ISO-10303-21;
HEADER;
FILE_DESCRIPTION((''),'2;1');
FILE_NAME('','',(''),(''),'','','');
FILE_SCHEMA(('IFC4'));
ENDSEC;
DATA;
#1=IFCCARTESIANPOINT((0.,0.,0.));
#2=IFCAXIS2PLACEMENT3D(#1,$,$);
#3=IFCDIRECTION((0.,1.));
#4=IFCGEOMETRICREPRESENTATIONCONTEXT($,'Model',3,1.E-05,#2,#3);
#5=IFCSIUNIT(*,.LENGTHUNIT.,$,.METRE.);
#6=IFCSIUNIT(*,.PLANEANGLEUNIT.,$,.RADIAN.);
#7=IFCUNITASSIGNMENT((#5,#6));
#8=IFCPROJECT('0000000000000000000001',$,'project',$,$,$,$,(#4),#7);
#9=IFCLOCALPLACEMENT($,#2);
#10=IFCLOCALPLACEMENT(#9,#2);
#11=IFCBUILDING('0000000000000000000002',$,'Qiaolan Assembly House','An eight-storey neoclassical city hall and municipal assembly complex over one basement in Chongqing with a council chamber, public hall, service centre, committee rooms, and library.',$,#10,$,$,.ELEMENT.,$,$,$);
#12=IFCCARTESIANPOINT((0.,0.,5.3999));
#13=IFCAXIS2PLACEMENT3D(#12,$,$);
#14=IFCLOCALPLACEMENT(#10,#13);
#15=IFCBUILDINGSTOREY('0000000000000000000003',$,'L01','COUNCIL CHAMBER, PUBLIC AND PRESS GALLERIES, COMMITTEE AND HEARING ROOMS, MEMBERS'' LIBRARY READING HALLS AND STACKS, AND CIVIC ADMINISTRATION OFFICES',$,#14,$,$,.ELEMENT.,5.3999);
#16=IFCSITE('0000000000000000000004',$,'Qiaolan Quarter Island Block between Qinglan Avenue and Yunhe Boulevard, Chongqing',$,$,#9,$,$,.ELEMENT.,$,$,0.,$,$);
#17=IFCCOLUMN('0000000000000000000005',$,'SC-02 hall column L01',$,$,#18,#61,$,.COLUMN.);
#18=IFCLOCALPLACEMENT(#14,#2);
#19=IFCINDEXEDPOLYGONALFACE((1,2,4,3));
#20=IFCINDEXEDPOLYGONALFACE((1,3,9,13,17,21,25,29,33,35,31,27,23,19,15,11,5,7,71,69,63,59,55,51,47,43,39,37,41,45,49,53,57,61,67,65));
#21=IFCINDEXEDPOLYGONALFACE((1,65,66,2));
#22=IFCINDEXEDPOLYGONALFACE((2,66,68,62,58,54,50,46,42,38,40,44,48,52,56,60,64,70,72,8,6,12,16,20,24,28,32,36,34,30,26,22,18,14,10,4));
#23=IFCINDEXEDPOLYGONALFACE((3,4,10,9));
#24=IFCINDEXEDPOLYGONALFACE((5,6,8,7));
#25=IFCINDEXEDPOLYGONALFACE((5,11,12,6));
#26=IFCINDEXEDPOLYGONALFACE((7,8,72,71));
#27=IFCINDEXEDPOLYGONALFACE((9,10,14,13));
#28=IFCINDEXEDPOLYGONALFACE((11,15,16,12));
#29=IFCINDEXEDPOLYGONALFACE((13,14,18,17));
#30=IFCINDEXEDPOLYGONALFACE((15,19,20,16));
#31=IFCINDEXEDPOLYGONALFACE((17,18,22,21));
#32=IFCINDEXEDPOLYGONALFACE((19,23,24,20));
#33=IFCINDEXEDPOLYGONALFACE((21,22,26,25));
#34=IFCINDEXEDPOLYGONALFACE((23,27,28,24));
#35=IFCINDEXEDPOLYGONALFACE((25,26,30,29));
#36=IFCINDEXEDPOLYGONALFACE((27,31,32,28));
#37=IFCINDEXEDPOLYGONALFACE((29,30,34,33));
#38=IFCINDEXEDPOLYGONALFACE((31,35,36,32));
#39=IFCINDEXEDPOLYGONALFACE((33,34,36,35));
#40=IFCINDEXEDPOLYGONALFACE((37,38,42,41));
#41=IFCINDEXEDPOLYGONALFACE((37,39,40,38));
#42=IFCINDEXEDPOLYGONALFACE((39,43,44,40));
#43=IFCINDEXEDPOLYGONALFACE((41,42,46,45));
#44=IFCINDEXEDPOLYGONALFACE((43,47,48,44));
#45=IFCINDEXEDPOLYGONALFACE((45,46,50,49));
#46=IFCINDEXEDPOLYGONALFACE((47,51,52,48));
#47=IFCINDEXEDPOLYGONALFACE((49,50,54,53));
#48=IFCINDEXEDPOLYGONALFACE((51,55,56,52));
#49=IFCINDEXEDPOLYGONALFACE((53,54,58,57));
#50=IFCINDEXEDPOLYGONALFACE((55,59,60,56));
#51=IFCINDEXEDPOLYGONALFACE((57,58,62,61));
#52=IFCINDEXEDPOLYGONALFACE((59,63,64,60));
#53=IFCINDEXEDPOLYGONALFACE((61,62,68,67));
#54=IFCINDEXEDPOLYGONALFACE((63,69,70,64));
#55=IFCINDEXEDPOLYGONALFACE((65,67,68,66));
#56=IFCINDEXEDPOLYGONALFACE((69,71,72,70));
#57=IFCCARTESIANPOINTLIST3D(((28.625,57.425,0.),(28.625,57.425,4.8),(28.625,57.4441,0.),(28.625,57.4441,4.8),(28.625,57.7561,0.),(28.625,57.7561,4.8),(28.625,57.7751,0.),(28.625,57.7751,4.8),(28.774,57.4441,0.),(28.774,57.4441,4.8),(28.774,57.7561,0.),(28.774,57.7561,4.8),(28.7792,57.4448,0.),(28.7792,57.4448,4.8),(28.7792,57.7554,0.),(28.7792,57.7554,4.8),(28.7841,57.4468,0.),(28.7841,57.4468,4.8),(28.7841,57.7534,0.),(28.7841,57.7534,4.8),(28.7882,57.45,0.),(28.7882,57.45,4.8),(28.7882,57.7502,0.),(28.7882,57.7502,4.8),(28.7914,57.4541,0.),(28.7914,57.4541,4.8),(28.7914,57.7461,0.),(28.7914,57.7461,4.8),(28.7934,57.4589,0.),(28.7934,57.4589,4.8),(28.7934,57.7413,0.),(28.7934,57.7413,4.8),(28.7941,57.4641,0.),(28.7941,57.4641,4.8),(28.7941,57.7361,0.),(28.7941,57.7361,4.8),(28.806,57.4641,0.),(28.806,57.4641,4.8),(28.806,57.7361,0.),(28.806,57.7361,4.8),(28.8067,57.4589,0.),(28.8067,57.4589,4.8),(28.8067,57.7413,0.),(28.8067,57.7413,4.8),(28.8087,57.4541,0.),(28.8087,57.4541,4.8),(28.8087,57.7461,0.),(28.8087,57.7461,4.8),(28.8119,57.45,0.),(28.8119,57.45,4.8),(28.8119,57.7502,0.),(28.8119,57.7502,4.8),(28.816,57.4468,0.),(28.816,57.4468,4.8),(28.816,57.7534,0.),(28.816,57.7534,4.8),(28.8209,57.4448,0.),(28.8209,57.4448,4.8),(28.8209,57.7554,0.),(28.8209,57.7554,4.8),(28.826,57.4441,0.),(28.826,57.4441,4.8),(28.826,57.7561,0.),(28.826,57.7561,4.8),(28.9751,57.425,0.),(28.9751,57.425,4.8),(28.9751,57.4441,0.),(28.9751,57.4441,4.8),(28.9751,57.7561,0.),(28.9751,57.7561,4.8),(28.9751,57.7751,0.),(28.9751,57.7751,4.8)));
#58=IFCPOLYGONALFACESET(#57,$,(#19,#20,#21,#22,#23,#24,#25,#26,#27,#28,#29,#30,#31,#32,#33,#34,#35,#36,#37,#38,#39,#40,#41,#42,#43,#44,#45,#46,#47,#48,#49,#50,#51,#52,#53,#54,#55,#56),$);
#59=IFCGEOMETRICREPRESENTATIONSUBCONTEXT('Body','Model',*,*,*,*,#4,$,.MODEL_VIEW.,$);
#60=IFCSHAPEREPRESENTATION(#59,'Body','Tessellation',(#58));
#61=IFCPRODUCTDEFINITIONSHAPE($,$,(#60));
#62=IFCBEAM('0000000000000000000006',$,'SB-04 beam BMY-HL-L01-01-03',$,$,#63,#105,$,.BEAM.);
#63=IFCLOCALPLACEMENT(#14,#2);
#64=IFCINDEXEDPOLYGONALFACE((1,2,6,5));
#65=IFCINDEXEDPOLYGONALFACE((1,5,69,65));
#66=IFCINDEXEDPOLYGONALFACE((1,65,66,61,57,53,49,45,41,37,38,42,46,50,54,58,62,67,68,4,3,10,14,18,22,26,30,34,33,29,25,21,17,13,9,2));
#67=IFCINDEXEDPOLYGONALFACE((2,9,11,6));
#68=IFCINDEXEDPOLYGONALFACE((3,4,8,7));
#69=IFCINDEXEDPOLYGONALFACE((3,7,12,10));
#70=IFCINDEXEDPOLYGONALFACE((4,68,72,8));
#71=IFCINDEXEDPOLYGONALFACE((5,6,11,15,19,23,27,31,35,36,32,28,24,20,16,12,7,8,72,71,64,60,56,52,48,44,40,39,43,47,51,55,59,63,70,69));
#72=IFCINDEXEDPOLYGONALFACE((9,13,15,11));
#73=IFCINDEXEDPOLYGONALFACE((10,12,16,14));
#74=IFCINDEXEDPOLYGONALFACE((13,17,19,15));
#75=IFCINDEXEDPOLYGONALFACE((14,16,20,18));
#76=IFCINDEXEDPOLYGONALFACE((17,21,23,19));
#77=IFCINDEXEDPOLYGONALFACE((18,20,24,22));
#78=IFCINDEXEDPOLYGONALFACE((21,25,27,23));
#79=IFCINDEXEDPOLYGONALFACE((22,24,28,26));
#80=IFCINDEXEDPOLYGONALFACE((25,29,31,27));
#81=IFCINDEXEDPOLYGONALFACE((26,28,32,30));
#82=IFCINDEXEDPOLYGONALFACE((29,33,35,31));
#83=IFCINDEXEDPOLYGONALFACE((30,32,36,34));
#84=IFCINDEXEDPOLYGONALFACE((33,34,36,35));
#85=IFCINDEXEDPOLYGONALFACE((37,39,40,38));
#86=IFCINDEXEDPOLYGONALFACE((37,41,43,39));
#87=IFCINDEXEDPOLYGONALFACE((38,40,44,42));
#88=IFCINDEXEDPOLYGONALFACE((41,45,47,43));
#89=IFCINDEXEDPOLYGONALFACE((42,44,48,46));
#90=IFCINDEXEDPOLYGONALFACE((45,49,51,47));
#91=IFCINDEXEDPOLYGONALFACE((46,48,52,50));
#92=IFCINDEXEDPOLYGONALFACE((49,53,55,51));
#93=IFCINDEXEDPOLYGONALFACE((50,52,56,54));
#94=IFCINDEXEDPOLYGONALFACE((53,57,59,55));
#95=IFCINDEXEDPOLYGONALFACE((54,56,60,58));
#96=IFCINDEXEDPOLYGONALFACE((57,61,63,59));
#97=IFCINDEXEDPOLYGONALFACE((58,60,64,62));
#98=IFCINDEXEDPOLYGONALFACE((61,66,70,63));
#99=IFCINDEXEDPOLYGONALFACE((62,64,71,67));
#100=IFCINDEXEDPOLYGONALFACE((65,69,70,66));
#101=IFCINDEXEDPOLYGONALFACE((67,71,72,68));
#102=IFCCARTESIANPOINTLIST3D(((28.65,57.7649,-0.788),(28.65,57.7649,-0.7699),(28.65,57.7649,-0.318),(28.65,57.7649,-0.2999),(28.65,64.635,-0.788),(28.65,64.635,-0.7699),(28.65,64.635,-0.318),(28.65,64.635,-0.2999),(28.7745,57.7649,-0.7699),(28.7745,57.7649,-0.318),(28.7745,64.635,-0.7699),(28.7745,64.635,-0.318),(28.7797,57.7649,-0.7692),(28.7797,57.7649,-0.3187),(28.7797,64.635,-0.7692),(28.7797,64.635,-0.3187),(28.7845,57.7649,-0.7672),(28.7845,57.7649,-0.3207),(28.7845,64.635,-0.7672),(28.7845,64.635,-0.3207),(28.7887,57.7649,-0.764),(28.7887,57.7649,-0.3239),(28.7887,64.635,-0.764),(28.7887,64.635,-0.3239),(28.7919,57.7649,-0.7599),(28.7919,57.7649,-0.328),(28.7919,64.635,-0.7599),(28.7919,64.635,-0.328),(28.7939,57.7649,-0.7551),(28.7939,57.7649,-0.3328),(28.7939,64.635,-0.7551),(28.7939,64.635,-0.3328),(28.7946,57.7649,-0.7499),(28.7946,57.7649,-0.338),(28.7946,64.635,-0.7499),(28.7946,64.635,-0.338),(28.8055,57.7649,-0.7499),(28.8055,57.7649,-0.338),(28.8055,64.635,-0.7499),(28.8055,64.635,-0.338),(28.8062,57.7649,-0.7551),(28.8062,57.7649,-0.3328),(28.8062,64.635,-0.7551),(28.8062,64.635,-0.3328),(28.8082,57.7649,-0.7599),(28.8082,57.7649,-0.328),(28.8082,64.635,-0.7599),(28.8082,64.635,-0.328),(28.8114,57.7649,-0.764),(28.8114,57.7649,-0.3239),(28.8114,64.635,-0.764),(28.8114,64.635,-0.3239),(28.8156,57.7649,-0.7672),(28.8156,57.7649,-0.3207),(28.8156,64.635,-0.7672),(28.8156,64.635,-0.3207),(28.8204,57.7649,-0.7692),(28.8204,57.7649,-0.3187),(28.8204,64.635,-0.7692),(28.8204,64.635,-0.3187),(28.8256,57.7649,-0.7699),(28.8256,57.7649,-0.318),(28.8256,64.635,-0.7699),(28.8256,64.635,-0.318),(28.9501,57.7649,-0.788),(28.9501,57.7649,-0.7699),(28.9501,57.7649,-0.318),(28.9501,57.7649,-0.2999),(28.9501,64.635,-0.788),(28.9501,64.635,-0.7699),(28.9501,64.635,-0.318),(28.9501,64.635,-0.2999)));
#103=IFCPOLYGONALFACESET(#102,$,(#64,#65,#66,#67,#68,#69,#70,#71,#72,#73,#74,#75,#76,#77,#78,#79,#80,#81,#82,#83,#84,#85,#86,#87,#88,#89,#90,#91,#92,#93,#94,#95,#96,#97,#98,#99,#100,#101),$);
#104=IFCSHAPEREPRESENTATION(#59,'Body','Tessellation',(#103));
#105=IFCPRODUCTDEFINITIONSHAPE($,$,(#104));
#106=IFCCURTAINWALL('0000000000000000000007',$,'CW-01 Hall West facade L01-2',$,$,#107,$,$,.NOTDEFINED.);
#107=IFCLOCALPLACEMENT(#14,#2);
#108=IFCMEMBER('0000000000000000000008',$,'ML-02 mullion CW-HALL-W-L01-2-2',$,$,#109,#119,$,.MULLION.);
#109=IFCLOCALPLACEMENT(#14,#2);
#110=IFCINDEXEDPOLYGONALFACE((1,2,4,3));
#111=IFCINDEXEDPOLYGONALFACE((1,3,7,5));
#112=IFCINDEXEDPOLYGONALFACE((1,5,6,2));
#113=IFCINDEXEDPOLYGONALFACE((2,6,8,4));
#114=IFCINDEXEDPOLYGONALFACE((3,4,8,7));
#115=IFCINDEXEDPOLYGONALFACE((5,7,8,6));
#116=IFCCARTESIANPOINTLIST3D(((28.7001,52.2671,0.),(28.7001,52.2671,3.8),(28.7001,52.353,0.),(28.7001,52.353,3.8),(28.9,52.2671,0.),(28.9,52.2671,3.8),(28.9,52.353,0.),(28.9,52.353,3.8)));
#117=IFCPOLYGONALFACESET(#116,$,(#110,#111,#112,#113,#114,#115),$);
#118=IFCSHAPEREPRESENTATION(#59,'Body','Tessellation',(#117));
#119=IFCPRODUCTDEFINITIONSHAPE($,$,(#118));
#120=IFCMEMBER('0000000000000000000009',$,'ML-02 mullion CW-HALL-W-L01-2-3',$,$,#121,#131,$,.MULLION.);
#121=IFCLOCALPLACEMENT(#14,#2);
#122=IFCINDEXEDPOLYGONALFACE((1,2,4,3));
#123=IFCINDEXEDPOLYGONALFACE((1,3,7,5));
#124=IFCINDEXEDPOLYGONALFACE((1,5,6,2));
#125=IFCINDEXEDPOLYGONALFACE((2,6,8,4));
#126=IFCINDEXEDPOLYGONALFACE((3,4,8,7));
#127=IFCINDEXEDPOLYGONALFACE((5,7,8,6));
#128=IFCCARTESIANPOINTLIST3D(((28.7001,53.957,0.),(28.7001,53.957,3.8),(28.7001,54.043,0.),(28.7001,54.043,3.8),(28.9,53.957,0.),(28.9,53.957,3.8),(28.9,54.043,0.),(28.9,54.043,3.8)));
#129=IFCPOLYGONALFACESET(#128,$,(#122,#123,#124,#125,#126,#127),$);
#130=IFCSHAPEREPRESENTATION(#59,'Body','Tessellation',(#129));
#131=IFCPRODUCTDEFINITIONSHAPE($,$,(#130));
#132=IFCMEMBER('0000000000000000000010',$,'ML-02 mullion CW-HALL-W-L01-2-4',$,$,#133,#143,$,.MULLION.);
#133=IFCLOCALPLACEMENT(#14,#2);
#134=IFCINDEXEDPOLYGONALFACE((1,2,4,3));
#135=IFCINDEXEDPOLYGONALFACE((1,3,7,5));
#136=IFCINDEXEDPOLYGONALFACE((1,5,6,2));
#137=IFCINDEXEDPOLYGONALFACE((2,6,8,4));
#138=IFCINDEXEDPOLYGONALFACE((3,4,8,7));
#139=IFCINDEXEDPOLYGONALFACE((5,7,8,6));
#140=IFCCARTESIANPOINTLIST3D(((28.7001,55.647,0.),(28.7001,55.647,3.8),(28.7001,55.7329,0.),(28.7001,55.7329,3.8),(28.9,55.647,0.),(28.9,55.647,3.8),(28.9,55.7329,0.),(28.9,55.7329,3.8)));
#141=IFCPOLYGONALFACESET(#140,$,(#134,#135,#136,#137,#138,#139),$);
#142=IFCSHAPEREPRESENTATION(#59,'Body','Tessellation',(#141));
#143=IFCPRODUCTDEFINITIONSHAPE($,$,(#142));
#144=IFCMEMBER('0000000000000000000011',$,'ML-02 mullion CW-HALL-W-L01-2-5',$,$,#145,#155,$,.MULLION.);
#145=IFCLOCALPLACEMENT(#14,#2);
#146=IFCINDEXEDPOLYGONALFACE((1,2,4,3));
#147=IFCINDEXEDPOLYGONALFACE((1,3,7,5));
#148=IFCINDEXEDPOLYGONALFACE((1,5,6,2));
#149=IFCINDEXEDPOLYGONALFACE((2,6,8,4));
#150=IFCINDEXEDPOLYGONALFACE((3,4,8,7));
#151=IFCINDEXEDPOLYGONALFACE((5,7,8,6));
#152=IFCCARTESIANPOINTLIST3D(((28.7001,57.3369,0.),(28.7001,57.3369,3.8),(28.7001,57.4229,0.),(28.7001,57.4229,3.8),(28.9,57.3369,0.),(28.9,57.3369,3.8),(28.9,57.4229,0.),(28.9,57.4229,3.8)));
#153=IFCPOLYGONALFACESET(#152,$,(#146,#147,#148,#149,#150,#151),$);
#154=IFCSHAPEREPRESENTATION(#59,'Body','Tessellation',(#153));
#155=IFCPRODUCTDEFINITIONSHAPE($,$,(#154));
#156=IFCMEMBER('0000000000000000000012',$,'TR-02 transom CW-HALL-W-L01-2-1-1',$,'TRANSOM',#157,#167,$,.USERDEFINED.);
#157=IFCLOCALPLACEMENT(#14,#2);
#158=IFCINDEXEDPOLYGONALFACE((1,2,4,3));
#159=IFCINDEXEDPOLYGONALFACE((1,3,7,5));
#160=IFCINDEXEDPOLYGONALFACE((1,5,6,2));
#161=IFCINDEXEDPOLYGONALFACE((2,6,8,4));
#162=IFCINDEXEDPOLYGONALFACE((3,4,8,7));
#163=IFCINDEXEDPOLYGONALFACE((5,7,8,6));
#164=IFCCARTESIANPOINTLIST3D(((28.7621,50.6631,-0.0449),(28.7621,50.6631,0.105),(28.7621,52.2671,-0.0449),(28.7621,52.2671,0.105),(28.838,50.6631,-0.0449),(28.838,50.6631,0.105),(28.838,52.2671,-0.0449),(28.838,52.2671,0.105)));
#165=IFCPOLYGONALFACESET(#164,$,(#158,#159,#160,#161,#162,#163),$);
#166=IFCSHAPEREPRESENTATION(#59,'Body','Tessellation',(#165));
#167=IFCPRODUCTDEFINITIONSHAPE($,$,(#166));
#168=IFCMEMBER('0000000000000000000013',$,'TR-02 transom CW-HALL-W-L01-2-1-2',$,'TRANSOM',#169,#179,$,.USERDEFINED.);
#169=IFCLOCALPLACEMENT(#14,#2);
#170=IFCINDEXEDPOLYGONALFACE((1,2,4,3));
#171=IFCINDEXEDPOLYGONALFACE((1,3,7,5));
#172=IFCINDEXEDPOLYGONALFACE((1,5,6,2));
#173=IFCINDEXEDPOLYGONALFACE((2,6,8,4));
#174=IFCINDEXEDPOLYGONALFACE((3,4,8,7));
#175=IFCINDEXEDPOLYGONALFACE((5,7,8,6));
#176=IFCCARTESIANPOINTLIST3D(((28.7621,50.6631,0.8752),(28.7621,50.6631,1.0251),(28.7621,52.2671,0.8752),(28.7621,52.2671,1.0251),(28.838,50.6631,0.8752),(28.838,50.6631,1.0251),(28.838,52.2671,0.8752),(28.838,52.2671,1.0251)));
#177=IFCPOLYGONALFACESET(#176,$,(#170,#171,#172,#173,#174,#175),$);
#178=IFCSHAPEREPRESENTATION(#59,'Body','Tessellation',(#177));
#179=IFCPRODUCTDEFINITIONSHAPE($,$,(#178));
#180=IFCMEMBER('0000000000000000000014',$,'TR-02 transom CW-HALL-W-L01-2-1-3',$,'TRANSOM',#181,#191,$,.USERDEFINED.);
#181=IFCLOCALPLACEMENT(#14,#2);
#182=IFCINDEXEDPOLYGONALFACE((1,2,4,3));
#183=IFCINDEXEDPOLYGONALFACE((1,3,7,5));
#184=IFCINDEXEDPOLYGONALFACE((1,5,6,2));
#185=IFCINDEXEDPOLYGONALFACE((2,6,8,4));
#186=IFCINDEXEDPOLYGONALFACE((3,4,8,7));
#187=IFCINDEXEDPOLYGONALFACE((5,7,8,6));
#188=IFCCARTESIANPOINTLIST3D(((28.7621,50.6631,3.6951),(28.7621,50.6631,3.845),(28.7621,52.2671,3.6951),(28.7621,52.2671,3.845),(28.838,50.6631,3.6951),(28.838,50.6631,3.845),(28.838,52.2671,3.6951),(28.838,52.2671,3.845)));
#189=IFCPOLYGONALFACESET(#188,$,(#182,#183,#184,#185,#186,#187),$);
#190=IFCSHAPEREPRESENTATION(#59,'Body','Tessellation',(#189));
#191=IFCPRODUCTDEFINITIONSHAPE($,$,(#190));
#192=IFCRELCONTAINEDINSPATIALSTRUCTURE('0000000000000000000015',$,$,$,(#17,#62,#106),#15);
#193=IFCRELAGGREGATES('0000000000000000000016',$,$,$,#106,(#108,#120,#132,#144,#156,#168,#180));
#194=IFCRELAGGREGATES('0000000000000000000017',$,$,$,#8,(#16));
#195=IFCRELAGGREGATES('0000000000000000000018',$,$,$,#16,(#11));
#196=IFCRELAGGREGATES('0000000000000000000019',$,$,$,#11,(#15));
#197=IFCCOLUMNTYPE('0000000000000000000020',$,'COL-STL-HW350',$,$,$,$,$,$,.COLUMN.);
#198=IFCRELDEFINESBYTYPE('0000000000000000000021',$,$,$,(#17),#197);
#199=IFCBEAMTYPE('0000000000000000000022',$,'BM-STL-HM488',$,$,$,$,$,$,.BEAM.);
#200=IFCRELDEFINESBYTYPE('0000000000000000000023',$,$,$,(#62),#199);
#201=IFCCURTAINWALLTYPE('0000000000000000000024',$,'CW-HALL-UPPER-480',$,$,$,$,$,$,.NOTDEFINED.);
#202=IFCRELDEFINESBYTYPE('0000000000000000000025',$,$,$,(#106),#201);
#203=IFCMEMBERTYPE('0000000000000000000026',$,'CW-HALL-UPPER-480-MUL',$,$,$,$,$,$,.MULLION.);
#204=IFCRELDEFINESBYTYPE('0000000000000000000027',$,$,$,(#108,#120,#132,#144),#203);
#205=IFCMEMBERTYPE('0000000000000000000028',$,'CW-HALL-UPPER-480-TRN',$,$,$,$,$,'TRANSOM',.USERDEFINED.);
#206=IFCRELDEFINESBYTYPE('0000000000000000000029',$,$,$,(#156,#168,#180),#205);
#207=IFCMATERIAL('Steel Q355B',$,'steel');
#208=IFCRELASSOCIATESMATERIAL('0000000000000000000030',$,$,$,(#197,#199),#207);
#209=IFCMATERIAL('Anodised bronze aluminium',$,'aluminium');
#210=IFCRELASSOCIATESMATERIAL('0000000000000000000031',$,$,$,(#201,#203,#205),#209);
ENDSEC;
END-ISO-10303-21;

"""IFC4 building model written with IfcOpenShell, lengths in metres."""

from ifc_helpers import new_model, si_unit, direction, frame, origin, origin_2d, place, context, subcontext, project, spatial, rectangle, i_section, extrude, material, material_profile, profile_set, type_object, element, aggregate, save


model = new_model("IFC4")

# Units and contexts
model_context = context("Model", 3, precision=1e-05, world=origin(), true_north=direction((0.0, 1.0)))
body_context = subcontext(model_context, "Body", "Model", "MODEL_VIEW")
ifc_project = project(units=[si_unit("LENGTHUNIT", "METRE"), si_unit("PLANEANGLEUNIT", "RADIAN")], contexts=[model_context])

# Site, building, storey
site_placement = place(None, origin())
site = spatial("IfcSite", under=ifc_project, at=site_placement, Name="Qiaolan Quarter Island Block between Qinglan Avenue and Yunhe Boulevard, Chongqing", CompositionType="ELEMENT", RefElevation=0.0)
building_placement = place(site_placement, origin())
building = spatial("IfcBuilding", under=site, at=building_placement, Name="Qiaolan Assembly House", Description="An eight-storey neoclassical city hall and municipal assembly complex over one basement in Chongqing with a council chamber, public hall, service centre, committee rooms, and library.", CompositionType="ELEMENT")
storey_placement = place(building_placement, frame((0.0, 0.0, 5.3999)))
storey = spatial("IfcBuildingStorey", under=building, at=storey_placement, Name="L01", Description="COUNCIL CHAMBER, PUBLIC AND PRESS GALLERIES, COMMITTEE AND HEARING ROOMS, MEMBERS' LIBRARY READING HALLS AND STACKS, AND CIVIC ADMINISTRATION OFFICES", CompositionType="ELEMENT", Elevation=5.3999)

# Column
ifc_material_1 = material(Name="Steel Q355B", Category="steel")
ifc_material_profile_1 = material_profile(ifc_material_1, i_section(OverallWidth=0.3501, OverallDepth=0.3501, WebThickness=0.012, FlangeThickness=0.019, FilletRadius=0.02, at=origin_2d()), Name="HW 350x350x12x19")
ifc_profile_set_1 = profile_set([ifc_material_profile_1], Name="Steel Q355B")
column_type = type_object("IfcColumnType", Name="COL-STL-HW350", PredefinedType="COLUMN", material=ifc_profile_set_1)
column_placement = place(storey_placement, frame((28.8, 57.6001, 0.0), z_axis=(0.0, 0.0, 1.0), x_axis=(1.0, 0.0, 0.0)))
element("IfcColumn", 1, at=column_placement, inside=storey, type_object=column_type, Name="SC-02 hall column L01", PredefinedType="COLUMN", context=body_context, shape_type="SweptSolid", body=[
    extrude(i_section(OverallWidth=0.3501, OverallDepth=0.3501, WebThickness=0.012, FlangeThickness=0.019, FilletRadius=0.02, at=origin_2d()), origin(), (0.0, 0.0, 1.0), 4.8),
])

# Beam
ifc_material_profile_2 = material_profile(ifc_material_1, i_section(OverallWidth=0.3, OverallDepth=0.488, WebThickness=0.011, FlangeThickness=0.0181, FilletRadius=0.02, at=origin_2d()), Name="HM 488x300x11x18")
ifc_profile_set_2 = profile_set([ifc_material_profile_2], Name="Steel Q355B")
beam_type = type_object("IfcBeamType", Name="BM-STL-HM488", PredefinedType="BEAM", material=ifc_profile_set_2)
beam_placement = place(storey_placement, frame((28.8, 57.7649, -0.5439), z_axis=(0.0, 1.0, 0.0), x_axis=(-1.0, 0.0, 0.0)))
element("IfcBeam", 2, at=beam_placement, inside=storey, type_object=beam_type, Name="SB-04 beam BMY-HL-L01-01-03", PredefinedType="BEAM", context=body_context, shape_type="SweptSolid", body=[
    extrude(i_section(OverallWidth=0.3, OverallDepth=0.488, WebThickness=0.011, FlangeThickness=0.0181, FilletRadius=0.02, at=origin_2d()), origin(), (0.0, 0.0, 1.0), 6.8701),
])

# Curtain wall, members
ifc_material_2 = material(Name="Anodised bronze aluminium", Category="aluminium")
curtain_wall_type = type_object("IfcCurtainWallType", Name="CW-HALL-UPPER-480", PredefinedType="NOTDEFINED", material=ifc_material_2)
curtain_wall_placement = place(storey_placement, origin())
curtain_wall = element("IfcCurtainWall", 3, at=curtain_wall_placement, inside=storey, type_object=curtain_wall_type, Name="CW-01 Hall West facade L01-2", PredefinedType="NOTDEFINED")
ifc_material_profile_3 = material_profile(ifc_material_2, rectangle(XDim=0.0859, YDim=0.2, at=origin_2d()), Name="MUL 86x200")
ifc_profile_set_3 = profile_set([ifc_material_profile_3], Name="Anodised bronze aluminium")
member_type_1 = type_object("IfcMemberType", Name="CW-HALL-UPPER-480-MUL", PredefinedType="MULLION", material=ifc_profile_set_3)
member_1_placement = place(storey_placement, frame((28.8, 52.3101, 0.0), z_axis=(0.0, 0.0, 1.0), x_axis=(0.0, 1.0, 0.0)))
member_1 = element("IfcMember", 4, at=member_1_placement, type_object=member_type_1, Name="ML-02 mullion CW-HALL-W-L01-2-2", PredefinedType="MULLION", context=body_context, shape_type="SweptSolid", body=[
    extrude(rectangle(XDim=0.0859, YDim=0.2, at=origin_2d()), origin(), (0.0, 0.0, 1.0), 3.8),
])
member_2_placement = place(storey_placement, frame((28.8, 54.0, 0.0), z_axis=(0.0, 0.0, 1.0), x_axis=(0.0, 1.0, 0.0)))
member_2 = element("IfcMember", 5, at=member_2_placement, type_object=member_type_1, Name="ML-02 mullion CW-HALL-W-L01-2-3", PredefinedType="MULLION", context=body_context, shape_type="SweptSolid", body=[
    extrude(rectangle(XDim=0.0859, YDim=0.2, at=origin_2d()), origin(), (0.0, 0.0, 1.0), 3.8),
])
member_3_placement = place(storey_placement, frame((28.8, 55.6899, 0.0), z_axis=(0.0, 0.0, 1.0), x_axis=(0.0, 1.0, 0.0)))
member_3 = element("IfcMember", 6, at=member_3_placement, type_object=member_type_1, Name="ML-02 mullion CW-HALL-W-L01-2-4", PredefinedType="MULLION", context=body_context, shape_type="SweptSolid", body=[
    extrude(rectangle(XDim=0.0859, YDim=0.2, at=origin_2d()), origin(), (0.0, 0.0, 1.0), 3.8),
])
member_4_placement = place(storey_placement, frame((28.8, 57.3799, 0.0), z_axis=(0.0, 0.0, 1.0), x_axis=(0.0, 1.0, 0.0)))
member_4 = element("IfcMember", 7, at=member_4_placement, type_object=member_type_1, Name="ML-02 mullion CW-HALL-W-L01-2-5", PredefinedType="MULLION", context=body_context, shape_type="SweptSolid", body=[
    extrude(rectangle(XDim=0.0859, YDim=0.2, at=origin_2d()), origin(), (0.0, 0.0, 1.0), 3.8),
])
ifc_material_profile_4 = material_profile(ifc_material_2, rectangle(XDim=0.0759, YDim=0.1499, at=origin_2d()), Name="TRN 76x150")
ifc_profile_set_4 = profile_set([ifc_material_profile_4], Name="Anodised bronze aluminium")
member_type_2 = type_object("IfcMemberType", Name="CW-HALL-UPPER-480-TRN", ElementType="TRANSOM", PredefinedType="USERDEFINED", material=ifc_profile_set_4)
member_5_placement = place(storey_placement, frame((28.8, 50.6631, 0.03), z_axis=(0.0, 1.0, 0.0), x_axis=(-1.0, 0.0, 0.0)))
member_5 = element("IfcMember", 8, at=member_5_placement, type_object=member_type_2, Name="TR-02 transom CW-HALL-W-L01-2-1-1", ObjectType="TRANSOM", PredefinedType="USERDEFINED", context=body_context, shape_type="SweptSolid", body=[
    extrude(rectangle(XDim=0.0759, YDim=0.1499, at=origin_2d()), origin(), (0.0, 0.0, 1.0), 1.604),
])
member_6_placement = place(storey_placement, frame((28.8, 50.6631, 0.9502), z_axis=(0.0, 1.0, 0.0), x_axis=(-1.0, 0.0, 0.0)))
member_6 = element("IfcMember", 9, at=member_6_placement, type_object=member_type_2, Name="TR-02 transom CW-HALL-W-L01-2-1-2", ObjectType="TRANSOM", PredefinedType="USERDEFINED", context=body_context, shape_type="SweptSolid", body=[
    extrude(rectangle(XDim=0.0759, YDim=0.1499, at=origin_2d()), origin(), (0.0, 0.0, 1.0), 1.604),
])
member_7_placement = place(storey_placement, frame((28.8, 50.6631, 3.77), z_axis=(0.0, 1.0, 0.0), x_axis=(-1.0, 0.0, 0.0)))
member_7 = element("IfcMember", 10, at=member_7_placement, type_object=member_type_2, Name="TR-02 transom CW-HALL-W-L01-2-1-3", ObjectType="TRANSOM", PredefinedType="USERDEFINED", context=body_context, shape_type="SweptSolid", body=[
    extrude(rectangle(XDim=0.0759, YDim=0.1499, at=origin_2d()), origin(), (0.0, 0.0, 1.0), 1.604),
])
aggregate(curtain_wall, [member_1, member_2, member_3, member_4, member_5, member_6, member_7])

save(model, "model.ifc")
